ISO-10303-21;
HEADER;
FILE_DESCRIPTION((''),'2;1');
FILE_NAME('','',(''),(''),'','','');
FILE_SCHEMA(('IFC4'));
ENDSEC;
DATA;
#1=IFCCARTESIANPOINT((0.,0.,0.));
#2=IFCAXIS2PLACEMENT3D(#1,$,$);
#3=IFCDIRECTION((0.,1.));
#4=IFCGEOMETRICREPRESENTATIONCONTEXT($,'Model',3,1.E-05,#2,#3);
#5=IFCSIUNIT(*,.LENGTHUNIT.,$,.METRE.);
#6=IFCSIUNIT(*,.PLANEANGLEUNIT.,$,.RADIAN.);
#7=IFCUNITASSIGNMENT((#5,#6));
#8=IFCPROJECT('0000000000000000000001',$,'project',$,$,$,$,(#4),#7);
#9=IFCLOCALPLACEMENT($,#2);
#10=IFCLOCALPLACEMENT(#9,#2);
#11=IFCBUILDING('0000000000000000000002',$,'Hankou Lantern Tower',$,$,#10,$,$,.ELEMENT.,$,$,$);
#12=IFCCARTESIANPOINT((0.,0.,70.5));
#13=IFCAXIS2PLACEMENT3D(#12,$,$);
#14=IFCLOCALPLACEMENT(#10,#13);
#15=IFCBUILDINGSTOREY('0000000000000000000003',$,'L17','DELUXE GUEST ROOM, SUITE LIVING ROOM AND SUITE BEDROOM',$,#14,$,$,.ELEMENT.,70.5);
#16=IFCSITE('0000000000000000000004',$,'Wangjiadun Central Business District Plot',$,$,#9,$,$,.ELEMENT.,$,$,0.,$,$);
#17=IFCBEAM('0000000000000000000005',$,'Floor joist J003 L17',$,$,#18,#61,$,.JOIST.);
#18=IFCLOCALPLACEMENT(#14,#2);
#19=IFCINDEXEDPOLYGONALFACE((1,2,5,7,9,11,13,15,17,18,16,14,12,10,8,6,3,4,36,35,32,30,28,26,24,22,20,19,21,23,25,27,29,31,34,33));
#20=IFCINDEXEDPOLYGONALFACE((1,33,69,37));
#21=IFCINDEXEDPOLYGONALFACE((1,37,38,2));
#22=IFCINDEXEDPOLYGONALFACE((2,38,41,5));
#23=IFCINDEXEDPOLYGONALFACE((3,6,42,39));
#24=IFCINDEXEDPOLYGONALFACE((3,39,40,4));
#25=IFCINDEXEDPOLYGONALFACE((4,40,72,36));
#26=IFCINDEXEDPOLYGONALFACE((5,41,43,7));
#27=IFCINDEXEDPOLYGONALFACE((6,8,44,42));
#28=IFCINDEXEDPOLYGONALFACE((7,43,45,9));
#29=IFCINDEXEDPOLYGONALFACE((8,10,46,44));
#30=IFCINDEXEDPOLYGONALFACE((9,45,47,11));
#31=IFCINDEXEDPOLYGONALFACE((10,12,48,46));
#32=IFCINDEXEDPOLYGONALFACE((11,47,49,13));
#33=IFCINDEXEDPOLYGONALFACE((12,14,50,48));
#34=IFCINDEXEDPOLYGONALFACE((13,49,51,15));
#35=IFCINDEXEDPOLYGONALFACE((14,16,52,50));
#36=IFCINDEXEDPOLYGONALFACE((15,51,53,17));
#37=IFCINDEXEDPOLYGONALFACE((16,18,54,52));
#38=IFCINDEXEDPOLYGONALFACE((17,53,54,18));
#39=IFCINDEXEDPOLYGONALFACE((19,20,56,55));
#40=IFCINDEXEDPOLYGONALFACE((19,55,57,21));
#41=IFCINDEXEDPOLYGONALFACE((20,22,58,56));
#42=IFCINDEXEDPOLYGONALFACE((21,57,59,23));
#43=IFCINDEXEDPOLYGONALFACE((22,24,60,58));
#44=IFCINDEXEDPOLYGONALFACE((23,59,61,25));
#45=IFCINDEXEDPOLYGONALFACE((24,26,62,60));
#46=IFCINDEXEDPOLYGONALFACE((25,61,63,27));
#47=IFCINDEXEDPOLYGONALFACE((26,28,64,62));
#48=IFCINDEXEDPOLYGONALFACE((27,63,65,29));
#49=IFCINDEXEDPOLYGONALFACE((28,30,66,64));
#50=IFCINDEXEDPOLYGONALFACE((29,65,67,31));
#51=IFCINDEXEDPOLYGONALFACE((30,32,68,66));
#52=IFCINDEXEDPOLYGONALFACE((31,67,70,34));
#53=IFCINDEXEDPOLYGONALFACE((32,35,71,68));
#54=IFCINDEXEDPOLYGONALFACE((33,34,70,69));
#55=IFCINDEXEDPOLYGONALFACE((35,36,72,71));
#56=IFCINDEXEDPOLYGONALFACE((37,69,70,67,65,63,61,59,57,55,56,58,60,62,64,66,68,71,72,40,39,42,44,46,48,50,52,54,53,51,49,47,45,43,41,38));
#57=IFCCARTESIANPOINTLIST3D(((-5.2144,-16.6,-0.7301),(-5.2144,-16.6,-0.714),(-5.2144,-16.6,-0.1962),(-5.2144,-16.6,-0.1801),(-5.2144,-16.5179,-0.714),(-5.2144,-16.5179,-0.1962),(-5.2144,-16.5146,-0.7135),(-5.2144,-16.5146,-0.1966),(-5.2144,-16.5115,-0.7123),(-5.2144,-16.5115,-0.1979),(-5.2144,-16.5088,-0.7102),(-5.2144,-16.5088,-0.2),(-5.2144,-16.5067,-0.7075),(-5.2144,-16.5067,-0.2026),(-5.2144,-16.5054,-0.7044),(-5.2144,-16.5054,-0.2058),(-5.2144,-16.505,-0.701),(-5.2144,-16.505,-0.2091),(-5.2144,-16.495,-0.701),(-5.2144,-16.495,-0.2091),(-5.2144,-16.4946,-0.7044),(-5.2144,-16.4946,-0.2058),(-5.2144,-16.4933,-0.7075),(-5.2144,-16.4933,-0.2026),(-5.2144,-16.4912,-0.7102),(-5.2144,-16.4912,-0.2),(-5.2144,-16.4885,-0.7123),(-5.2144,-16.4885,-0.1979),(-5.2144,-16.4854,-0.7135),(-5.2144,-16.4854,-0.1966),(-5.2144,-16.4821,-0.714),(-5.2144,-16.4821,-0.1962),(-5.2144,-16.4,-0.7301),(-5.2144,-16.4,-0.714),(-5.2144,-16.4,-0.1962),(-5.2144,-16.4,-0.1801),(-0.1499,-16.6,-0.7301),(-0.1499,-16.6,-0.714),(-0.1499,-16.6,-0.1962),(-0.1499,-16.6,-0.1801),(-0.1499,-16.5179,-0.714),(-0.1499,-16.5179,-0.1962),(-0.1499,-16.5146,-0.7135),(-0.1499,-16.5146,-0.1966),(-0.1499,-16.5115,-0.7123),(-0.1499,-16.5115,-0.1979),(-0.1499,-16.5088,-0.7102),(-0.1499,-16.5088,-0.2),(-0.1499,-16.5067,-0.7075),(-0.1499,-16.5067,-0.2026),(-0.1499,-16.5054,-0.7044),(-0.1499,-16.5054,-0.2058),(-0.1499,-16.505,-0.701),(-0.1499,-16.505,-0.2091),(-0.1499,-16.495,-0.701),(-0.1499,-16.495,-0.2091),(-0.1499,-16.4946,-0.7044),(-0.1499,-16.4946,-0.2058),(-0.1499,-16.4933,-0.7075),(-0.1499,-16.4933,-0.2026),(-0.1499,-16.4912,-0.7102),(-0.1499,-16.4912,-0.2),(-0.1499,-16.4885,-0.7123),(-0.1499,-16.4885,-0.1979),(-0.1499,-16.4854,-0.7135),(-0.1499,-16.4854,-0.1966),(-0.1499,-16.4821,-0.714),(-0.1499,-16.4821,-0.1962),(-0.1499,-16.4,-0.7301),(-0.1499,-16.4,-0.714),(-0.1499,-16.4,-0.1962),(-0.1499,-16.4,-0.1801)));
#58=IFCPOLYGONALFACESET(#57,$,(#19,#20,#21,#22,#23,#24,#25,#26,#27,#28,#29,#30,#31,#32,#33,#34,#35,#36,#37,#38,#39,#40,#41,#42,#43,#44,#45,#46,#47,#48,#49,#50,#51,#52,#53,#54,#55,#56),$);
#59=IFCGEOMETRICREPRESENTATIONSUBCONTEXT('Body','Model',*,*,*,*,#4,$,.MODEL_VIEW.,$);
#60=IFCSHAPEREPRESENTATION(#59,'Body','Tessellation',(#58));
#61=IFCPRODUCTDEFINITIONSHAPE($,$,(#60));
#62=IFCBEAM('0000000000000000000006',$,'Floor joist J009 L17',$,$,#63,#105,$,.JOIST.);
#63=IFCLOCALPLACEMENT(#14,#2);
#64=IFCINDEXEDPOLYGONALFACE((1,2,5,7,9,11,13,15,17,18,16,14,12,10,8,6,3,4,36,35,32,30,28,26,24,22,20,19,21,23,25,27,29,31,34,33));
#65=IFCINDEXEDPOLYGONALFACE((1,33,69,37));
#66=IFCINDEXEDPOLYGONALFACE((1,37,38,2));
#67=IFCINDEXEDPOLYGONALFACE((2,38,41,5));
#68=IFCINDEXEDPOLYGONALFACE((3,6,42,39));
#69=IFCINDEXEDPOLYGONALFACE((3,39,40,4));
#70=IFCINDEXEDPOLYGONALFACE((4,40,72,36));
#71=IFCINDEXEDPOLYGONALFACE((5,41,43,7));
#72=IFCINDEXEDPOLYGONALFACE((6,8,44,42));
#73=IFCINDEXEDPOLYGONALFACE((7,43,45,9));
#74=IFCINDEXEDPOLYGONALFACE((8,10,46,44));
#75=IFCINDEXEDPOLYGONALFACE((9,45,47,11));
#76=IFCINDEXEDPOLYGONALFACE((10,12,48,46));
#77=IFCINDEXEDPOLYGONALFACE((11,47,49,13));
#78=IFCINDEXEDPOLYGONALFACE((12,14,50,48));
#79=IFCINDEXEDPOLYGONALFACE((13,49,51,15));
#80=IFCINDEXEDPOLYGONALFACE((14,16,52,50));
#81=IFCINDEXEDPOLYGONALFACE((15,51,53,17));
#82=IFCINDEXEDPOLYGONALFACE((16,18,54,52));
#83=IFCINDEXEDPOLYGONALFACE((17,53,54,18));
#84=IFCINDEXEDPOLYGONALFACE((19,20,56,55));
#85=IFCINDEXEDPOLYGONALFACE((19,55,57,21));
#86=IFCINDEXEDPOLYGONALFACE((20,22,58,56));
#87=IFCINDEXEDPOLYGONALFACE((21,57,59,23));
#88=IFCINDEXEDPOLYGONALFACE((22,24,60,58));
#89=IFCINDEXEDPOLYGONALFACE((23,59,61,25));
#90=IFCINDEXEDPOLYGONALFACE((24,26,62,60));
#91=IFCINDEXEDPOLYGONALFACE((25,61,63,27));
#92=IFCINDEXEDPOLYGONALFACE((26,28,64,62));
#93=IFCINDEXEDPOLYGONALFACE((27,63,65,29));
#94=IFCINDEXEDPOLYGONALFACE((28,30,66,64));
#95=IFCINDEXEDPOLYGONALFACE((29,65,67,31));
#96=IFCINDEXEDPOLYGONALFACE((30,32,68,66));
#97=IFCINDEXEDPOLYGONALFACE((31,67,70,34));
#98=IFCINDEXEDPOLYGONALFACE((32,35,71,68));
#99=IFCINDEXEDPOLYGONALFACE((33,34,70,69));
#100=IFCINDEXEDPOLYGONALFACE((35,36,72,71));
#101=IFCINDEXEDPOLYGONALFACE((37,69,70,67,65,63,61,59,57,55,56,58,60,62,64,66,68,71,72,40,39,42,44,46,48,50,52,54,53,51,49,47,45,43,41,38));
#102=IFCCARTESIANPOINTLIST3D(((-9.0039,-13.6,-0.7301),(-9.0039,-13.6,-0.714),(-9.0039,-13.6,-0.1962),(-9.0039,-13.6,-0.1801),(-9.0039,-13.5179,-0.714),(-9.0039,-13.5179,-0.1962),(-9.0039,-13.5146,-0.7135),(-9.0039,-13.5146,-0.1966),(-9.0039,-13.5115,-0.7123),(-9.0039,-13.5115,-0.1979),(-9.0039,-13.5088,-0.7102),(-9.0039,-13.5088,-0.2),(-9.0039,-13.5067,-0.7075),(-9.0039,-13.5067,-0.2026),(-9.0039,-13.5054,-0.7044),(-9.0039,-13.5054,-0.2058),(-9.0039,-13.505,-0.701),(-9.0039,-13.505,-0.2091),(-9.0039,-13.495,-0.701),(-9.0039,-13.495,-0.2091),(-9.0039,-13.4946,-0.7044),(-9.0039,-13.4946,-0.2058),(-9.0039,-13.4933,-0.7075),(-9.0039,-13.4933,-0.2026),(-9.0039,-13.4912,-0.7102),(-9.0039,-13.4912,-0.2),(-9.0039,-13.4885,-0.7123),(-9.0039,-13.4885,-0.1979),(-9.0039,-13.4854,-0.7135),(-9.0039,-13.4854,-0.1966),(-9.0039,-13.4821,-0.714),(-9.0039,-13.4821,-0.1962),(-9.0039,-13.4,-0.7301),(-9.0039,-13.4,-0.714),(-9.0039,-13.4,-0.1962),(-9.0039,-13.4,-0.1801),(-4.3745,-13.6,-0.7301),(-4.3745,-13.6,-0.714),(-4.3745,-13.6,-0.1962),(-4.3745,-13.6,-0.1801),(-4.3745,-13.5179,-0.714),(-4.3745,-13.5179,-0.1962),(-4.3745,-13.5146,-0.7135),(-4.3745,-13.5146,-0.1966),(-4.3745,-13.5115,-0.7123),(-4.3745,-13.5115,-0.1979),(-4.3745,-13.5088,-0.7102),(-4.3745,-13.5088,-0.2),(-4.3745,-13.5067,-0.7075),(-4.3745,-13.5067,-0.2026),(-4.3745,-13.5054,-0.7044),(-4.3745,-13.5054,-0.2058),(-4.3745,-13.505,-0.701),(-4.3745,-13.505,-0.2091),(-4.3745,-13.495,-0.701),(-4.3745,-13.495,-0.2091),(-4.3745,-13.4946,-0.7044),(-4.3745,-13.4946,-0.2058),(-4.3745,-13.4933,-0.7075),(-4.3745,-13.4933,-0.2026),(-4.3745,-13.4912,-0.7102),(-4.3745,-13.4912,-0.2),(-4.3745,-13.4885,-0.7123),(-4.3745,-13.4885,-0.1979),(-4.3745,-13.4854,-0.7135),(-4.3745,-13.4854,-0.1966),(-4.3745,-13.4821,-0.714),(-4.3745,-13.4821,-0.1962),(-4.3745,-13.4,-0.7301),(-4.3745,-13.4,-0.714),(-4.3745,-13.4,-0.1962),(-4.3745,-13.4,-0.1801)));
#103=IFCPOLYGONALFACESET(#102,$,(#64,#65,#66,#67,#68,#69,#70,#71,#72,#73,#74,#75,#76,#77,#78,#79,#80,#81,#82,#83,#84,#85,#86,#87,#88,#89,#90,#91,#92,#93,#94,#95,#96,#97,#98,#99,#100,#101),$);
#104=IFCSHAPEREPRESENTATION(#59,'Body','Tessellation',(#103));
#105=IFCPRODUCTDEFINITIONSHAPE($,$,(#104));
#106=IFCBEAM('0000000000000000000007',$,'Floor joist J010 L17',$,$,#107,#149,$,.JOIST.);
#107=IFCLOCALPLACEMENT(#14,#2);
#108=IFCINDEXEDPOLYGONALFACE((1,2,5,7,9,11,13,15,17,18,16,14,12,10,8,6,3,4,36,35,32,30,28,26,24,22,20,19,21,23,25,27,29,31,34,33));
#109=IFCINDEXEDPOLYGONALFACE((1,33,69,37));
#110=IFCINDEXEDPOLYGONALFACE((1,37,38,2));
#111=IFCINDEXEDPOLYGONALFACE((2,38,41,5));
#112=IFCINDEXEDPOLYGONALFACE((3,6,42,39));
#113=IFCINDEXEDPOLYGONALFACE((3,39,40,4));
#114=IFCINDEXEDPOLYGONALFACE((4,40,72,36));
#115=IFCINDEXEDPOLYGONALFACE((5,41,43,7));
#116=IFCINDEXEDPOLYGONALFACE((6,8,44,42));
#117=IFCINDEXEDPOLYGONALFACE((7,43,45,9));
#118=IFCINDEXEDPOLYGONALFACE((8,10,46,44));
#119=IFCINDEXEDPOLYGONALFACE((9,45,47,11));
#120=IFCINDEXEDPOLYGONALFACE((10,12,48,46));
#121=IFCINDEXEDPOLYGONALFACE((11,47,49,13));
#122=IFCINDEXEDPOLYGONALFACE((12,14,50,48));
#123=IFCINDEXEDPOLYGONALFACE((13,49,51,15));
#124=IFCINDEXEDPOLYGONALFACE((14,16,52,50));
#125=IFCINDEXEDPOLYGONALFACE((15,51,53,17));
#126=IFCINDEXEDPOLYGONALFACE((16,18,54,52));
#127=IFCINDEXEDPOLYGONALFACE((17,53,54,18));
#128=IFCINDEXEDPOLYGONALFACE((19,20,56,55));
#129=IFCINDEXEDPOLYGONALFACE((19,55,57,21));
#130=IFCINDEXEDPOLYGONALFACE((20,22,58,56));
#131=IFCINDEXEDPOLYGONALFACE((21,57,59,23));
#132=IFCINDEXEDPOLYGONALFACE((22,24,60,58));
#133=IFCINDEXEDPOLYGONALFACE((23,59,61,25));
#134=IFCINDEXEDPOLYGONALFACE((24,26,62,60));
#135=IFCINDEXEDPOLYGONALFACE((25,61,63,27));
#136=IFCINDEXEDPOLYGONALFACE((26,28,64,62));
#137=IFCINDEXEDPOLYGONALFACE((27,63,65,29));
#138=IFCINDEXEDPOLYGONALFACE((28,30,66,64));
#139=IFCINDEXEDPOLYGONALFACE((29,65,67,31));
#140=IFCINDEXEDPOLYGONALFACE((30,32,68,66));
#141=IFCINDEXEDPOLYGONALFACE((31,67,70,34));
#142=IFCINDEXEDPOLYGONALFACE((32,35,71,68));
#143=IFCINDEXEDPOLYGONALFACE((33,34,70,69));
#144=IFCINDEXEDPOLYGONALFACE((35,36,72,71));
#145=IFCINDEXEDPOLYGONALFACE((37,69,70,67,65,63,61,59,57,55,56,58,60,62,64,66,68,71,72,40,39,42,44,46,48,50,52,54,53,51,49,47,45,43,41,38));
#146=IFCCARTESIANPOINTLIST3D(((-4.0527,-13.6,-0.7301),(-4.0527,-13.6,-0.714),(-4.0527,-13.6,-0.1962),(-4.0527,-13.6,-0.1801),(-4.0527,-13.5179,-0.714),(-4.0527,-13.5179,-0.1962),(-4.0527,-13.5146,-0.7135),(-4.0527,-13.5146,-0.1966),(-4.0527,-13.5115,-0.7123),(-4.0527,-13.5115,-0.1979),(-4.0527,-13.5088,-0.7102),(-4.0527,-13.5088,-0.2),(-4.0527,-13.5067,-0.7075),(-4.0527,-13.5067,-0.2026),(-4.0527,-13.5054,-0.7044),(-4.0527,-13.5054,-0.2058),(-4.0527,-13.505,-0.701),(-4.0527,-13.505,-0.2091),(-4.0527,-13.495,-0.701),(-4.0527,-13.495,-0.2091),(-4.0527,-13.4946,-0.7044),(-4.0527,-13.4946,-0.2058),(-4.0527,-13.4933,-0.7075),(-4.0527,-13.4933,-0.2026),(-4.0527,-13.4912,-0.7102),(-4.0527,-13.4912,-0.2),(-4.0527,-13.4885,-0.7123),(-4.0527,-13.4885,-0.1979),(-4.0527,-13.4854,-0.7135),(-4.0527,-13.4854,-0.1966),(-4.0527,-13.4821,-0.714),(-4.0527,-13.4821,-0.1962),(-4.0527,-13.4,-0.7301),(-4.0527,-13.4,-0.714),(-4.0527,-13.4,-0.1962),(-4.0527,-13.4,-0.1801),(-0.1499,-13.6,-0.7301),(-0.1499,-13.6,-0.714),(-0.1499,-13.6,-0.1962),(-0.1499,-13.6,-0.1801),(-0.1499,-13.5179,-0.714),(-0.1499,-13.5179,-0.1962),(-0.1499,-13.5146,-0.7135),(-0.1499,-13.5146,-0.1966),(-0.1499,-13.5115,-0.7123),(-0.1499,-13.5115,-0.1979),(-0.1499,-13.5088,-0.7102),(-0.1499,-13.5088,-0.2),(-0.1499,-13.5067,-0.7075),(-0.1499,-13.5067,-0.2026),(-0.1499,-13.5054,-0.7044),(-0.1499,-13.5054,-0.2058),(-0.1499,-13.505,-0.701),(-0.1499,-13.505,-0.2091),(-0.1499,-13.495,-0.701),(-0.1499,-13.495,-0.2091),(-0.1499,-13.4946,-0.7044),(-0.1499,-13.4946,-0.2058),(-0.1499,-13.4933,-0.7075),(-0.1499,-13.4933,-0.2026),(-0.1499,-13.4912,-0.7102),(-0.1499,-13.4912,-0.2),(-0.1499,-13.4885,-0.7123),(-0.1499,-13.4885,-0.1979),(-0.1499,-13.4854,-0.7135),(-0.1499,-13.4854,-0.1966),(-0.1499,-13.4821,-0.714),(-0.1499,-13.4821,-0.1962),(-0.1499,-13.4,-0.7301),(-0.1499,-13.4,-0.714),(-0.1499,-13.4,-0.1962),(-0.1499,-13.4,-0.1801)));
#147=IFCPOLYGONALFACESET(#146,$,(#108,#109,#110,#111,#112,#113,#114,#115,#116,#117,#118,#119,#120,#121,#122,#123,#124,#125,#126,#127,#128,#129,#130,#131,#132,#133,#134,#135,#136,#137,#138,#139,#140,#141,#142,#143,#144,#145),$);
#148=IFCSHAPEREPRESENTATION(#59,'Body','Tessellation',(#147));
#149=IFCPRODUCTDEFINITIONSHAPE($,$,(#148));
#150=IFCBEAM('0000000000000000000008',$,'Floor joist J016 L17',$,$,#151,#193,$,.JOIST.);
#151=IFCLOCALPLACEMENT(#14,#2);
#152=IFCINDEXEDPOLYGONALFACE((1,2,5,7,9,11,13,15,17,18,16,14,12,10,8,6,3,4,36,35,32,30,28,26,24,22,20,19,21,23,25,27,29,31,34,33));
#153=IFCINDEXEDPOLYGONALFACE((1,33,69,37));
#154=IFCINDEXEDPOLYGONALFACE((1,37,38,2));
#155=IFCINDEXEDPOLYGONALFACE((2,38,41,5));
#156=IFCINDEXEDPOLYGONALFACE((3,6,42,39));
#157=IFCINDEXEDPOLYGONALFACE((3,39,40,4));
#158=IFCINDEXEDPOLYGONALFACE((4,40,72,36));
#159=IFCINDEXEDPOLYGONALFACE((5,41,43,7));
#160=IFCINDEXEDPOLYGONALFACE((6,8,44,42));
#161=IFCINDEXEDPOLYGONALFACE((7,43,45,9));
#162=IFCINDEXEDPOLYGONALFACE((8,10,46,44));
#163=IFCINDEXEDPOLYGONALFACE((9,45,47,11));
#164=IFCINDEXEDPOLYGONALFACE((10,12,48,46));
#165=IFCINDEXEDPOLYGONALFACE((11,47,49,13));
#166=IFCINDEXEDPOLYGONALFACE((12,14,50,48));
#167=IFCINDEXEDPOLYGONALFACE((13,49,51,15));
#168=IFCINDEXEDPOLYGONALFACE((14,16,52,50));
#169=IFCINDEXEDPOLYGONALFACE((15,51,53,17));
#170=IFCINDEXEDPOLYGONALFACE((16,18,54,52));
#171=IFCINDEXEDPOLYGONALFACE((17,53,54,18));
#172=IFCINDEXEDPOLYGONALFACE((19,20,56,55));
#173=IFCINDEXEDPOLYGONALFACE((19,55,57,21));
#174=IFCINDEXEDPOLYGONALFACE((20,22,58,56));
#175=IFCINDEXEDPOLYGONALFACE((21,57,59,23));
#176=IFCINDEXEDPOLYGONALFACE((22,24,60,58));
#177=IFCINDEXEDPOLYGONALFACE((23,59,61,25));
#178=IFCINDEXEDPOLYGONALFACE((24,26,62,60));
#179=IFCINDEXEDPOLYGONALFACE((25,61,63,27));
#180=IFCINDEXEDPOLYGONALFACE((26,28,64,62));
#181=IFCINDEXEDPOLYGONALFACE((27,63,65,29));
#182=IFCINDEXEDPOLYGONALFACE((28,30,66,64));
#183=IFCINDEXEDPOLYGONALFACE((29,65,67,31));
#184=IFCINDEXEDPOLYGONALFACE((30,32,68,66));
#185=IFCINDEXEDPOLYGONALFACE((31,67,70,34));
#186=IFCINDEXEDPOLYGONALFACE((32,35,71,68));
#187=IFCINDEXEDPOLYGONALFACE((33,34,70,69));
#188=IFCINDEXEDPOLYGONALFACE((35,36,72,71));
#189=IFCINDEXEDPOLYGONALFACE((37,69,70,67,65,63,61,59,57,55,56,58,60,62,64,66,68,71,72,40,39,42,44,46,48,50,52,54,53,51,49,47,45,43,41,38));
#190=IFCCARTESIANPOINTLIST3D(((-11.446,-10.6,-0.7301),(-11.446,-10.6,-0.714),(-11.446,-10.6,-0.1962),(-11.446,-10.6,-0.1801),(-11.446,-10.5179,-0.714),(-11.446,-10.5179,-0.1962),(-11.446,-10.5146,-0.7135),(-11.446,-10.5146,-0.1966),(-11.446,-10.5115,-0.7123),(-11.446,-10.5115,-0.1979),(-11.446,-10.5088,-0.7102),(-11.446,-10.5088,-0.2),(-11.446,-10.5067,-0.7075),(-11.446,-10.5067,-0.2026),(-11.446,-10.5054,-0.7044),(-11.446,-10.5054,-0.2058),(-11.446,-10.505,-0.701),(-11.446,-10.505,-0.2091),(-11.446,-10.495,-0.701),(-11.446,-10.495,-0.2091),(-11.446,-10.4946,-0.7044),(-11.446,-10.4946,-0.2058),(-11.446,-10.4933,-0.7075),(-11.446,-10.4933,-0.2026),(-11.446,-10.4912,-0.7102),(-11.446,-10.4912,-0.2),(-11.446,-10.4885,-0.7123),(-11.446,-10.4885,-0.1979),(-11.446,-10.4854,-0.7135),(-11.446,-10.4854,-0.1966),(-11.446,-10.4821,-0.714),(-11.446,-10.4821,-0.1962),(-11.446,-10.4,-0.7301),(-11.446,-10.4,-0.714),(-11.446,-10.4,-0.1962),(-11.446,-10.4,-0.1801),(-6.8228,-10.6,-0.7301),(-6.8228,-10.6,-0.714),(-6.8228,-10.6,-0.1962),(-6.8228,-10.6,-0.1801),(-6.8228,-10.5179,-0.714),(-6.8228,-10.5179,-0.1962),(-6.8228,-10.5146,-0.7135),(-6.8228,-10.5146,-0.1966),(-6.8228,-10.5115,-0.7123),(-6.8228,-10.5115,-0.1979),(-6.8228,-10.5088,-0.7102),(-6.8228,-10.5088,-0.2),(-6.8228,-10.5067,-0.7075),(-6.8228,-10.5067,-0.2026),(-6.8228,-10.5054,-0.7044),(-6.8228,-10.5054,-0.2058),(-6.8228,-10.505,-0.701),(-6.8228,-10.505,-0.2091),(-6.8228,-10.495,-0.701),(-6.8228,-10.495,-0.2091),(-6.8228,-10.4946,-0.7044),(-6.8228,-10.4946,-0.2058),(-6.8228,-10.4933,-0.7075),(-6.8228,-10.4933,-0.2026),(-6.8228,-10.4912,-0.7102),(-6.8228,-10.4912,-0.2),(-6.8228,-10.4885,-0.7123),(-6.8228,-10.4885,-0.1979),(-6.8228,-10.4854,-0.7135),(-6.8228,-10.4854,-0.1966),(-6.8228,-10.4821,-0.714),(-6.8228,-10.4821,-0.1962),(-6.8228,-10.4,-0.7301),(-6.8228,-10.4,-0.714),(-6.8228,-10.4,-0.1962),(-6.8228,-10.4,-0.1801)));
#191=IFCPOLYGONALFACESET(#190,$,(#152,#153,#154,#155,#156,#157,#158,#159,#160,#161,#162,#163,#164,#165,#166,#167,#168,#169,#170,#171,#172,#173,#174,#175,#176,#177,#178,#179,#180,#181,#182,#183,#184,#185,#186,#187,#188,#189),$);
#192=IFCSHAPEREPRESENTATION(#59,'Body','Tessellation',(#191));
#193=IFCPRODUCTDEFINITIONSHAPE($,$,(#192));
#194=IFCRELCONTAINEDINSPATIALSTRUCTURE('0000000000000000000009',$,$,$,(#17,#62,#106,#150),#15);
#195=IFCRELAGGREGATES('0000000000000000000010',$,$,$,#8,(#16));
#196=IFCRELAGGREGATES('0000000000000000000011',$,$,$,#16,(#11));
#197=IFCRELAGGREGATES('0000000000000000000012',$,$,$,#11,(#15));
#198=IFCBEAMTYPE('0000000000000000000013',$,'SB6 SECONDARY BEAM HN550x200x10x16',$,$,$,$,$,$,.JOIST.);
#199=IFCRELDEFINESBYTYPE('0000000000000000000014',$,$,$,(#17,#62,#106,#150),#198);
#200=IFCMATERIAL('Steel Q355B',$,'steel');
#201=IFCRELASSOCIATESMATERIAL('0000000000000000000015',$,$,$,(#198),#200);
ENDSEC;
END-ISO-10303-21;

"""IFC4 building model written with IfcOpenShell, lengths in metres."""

from ifc_helpers import new_model, si_unit, direction, frame, origin, origin_2d, place, context, subcontext, project, spatial, i_section, extrude, material, material_profile, profile_set, type_object, element, save


model = new_model("IFC4")

# Units and contexts
model_context = context("Model", 3, precision=1e-05, world=origin(), true_north=direction((0.0, 1.0)))
body_context = subcontext(model_context, "Body", "Model", "MODEL_VIEW")
ifc_project = project(units=[si_unit("LENGTHUNIT", "METRE"), si_unit("PLANEANGLEUNIT", "RADIAN")], contexts=[model_context])

# Site, building, storey
site_placement = place(None, origin())
site = spatial("IfcSite", under=ifc_project, at=site_placement, Name="Wangjiadun Central Business District Plot", CompositionType="ELEMENT", RefElevation=0.0)
building_placement = place(site_placement, origin())
building = spatial("IfcBuilding", under=site, at=building_placement, Name="Hankou Lantern Tower", CompositionType="ELEMENT")
storey_placement = place(building_placement, frame((0.0, 0.0, 70.5)))
storey = spatial("IfcBuildingStorey", under=building, at=storey_placement, Name="L17", Description="DELUXE GUEST ROOM, SUITE LIVING ROOM AND SUITE BEDROOM", CompositionType="ELEMENT", Elevation=70.5)

# Beams
ifc_material_1 = material(Name="Steel Q355B", Category="steel")
ifc_material_profile_1 = material_profile(ifc_material_1, i_section(OverallWidth=0.2, OverallDepth=0.55, WebThickness=0.01, FlangeThickness=0.0161, FilletRadius=0.0129, at=origin_2d()), Name="HN550x200x10x16")
ifc_profile_set_1 = profile_set([ifc_material_profile_1], Name="Steel Q355B")
beam_type_1 = type_object("IfcBeamType", Name="SB6 SECONDARY BEAM HN550x200x10x16", PredefinedType="JOIST", material=ifc_profile_set_1)
beam_1_placement = place(storey_placement, frame((-5.2144, -16.5, -0.4551), z_axis=(1.0, 0.0, 0.0), x_axis=(0.0, 1.0, 0.0)))
element("IfcBeam", 1, at=beam_1_placement, inside=storey, type_object=beam_type_1, Name="Floor joist J003 L17", PredefinedType="JOIST", context=body_context, shape_type="SweptSolid", body=[
    extrude(i_section(OverallWidth=0.2, OverallDepth=0.55, WebThickness=0.01, FlangeThickness=0.0161, FilletRadius=0.0129, at=origin_2d()), origin(), (0.0, 0.0, 1.0), 5.0645),
])
beam_2_placement = place(storey_placement, frame((-9.0039, -13.5, -0.4551), z_axis=(1.0, 0.0, 0.0), x_axis=(0.0, 1.0, 0.0)))
element("IfcBeam", 2, at=beam_2_placement, inside=storey, type_object=beam_type_1, Name="Floor joist J009 L17", PredefinedType="JOIST", context=body_context, shape_type="SweptSolid", body=[
    extrude(i_section(OverallWidth=0.2, OverallDepth=0.55, WebThickness=0.01, FlangeThickness=0.0161, FilletRadius=0.0129, at=origin_2d()), origin(), (0.0, 0.0, 1.0), 4.6294),
])
beam_3_placement = place(storey_placement, frame((-4.0527, -13.5, -0.4551), z_axis=(1.0, 0.0, 0.0), x_axis=(0.0, 1.0, 0.0)))
element("IfcBeam", 3, at=beam_3_placement, inside=storey, type_object=beam_type_1, Name="Floor joist J010 L17", PredefinedType="JOIST", context=body_context, shape_type="SweptSolid", body=[
    extrude(i_section(OverallWidth=0.2, OverallDepth=0.55, WebThickness=0.01, FlangeThickness=0.0161, FilletRadius=0.0129, at=origin_2d()), origin(), (0.0, 0.0, 1.0), 3.9028),
])
beam_4_placement = place(storey_placement, frame((-11.446, -10.5, -0.4551), z_axis=(1.0, 0.0, 0.0), x_axis=(0.0, 1.0, 0.0)))
element("IfcBeam", 4, at=beam_4_placement, inside=storey, type_object=beam_type_1, Name="Floor joist J016 L17", PredefinedType="JOIST", context=body_context, shape_type="SweptSolid", body=[
    extrude(i_section(OverallWidth=0.2, OverallDepth=0.55, WebThickness=0.01, FlangeThickness=0.0161, FilletRadius=0.0129, at=origin_2d()), origin(), (0.0, 0.0, 1.0), 4.6233),
])

save(model, "model.ifc")
